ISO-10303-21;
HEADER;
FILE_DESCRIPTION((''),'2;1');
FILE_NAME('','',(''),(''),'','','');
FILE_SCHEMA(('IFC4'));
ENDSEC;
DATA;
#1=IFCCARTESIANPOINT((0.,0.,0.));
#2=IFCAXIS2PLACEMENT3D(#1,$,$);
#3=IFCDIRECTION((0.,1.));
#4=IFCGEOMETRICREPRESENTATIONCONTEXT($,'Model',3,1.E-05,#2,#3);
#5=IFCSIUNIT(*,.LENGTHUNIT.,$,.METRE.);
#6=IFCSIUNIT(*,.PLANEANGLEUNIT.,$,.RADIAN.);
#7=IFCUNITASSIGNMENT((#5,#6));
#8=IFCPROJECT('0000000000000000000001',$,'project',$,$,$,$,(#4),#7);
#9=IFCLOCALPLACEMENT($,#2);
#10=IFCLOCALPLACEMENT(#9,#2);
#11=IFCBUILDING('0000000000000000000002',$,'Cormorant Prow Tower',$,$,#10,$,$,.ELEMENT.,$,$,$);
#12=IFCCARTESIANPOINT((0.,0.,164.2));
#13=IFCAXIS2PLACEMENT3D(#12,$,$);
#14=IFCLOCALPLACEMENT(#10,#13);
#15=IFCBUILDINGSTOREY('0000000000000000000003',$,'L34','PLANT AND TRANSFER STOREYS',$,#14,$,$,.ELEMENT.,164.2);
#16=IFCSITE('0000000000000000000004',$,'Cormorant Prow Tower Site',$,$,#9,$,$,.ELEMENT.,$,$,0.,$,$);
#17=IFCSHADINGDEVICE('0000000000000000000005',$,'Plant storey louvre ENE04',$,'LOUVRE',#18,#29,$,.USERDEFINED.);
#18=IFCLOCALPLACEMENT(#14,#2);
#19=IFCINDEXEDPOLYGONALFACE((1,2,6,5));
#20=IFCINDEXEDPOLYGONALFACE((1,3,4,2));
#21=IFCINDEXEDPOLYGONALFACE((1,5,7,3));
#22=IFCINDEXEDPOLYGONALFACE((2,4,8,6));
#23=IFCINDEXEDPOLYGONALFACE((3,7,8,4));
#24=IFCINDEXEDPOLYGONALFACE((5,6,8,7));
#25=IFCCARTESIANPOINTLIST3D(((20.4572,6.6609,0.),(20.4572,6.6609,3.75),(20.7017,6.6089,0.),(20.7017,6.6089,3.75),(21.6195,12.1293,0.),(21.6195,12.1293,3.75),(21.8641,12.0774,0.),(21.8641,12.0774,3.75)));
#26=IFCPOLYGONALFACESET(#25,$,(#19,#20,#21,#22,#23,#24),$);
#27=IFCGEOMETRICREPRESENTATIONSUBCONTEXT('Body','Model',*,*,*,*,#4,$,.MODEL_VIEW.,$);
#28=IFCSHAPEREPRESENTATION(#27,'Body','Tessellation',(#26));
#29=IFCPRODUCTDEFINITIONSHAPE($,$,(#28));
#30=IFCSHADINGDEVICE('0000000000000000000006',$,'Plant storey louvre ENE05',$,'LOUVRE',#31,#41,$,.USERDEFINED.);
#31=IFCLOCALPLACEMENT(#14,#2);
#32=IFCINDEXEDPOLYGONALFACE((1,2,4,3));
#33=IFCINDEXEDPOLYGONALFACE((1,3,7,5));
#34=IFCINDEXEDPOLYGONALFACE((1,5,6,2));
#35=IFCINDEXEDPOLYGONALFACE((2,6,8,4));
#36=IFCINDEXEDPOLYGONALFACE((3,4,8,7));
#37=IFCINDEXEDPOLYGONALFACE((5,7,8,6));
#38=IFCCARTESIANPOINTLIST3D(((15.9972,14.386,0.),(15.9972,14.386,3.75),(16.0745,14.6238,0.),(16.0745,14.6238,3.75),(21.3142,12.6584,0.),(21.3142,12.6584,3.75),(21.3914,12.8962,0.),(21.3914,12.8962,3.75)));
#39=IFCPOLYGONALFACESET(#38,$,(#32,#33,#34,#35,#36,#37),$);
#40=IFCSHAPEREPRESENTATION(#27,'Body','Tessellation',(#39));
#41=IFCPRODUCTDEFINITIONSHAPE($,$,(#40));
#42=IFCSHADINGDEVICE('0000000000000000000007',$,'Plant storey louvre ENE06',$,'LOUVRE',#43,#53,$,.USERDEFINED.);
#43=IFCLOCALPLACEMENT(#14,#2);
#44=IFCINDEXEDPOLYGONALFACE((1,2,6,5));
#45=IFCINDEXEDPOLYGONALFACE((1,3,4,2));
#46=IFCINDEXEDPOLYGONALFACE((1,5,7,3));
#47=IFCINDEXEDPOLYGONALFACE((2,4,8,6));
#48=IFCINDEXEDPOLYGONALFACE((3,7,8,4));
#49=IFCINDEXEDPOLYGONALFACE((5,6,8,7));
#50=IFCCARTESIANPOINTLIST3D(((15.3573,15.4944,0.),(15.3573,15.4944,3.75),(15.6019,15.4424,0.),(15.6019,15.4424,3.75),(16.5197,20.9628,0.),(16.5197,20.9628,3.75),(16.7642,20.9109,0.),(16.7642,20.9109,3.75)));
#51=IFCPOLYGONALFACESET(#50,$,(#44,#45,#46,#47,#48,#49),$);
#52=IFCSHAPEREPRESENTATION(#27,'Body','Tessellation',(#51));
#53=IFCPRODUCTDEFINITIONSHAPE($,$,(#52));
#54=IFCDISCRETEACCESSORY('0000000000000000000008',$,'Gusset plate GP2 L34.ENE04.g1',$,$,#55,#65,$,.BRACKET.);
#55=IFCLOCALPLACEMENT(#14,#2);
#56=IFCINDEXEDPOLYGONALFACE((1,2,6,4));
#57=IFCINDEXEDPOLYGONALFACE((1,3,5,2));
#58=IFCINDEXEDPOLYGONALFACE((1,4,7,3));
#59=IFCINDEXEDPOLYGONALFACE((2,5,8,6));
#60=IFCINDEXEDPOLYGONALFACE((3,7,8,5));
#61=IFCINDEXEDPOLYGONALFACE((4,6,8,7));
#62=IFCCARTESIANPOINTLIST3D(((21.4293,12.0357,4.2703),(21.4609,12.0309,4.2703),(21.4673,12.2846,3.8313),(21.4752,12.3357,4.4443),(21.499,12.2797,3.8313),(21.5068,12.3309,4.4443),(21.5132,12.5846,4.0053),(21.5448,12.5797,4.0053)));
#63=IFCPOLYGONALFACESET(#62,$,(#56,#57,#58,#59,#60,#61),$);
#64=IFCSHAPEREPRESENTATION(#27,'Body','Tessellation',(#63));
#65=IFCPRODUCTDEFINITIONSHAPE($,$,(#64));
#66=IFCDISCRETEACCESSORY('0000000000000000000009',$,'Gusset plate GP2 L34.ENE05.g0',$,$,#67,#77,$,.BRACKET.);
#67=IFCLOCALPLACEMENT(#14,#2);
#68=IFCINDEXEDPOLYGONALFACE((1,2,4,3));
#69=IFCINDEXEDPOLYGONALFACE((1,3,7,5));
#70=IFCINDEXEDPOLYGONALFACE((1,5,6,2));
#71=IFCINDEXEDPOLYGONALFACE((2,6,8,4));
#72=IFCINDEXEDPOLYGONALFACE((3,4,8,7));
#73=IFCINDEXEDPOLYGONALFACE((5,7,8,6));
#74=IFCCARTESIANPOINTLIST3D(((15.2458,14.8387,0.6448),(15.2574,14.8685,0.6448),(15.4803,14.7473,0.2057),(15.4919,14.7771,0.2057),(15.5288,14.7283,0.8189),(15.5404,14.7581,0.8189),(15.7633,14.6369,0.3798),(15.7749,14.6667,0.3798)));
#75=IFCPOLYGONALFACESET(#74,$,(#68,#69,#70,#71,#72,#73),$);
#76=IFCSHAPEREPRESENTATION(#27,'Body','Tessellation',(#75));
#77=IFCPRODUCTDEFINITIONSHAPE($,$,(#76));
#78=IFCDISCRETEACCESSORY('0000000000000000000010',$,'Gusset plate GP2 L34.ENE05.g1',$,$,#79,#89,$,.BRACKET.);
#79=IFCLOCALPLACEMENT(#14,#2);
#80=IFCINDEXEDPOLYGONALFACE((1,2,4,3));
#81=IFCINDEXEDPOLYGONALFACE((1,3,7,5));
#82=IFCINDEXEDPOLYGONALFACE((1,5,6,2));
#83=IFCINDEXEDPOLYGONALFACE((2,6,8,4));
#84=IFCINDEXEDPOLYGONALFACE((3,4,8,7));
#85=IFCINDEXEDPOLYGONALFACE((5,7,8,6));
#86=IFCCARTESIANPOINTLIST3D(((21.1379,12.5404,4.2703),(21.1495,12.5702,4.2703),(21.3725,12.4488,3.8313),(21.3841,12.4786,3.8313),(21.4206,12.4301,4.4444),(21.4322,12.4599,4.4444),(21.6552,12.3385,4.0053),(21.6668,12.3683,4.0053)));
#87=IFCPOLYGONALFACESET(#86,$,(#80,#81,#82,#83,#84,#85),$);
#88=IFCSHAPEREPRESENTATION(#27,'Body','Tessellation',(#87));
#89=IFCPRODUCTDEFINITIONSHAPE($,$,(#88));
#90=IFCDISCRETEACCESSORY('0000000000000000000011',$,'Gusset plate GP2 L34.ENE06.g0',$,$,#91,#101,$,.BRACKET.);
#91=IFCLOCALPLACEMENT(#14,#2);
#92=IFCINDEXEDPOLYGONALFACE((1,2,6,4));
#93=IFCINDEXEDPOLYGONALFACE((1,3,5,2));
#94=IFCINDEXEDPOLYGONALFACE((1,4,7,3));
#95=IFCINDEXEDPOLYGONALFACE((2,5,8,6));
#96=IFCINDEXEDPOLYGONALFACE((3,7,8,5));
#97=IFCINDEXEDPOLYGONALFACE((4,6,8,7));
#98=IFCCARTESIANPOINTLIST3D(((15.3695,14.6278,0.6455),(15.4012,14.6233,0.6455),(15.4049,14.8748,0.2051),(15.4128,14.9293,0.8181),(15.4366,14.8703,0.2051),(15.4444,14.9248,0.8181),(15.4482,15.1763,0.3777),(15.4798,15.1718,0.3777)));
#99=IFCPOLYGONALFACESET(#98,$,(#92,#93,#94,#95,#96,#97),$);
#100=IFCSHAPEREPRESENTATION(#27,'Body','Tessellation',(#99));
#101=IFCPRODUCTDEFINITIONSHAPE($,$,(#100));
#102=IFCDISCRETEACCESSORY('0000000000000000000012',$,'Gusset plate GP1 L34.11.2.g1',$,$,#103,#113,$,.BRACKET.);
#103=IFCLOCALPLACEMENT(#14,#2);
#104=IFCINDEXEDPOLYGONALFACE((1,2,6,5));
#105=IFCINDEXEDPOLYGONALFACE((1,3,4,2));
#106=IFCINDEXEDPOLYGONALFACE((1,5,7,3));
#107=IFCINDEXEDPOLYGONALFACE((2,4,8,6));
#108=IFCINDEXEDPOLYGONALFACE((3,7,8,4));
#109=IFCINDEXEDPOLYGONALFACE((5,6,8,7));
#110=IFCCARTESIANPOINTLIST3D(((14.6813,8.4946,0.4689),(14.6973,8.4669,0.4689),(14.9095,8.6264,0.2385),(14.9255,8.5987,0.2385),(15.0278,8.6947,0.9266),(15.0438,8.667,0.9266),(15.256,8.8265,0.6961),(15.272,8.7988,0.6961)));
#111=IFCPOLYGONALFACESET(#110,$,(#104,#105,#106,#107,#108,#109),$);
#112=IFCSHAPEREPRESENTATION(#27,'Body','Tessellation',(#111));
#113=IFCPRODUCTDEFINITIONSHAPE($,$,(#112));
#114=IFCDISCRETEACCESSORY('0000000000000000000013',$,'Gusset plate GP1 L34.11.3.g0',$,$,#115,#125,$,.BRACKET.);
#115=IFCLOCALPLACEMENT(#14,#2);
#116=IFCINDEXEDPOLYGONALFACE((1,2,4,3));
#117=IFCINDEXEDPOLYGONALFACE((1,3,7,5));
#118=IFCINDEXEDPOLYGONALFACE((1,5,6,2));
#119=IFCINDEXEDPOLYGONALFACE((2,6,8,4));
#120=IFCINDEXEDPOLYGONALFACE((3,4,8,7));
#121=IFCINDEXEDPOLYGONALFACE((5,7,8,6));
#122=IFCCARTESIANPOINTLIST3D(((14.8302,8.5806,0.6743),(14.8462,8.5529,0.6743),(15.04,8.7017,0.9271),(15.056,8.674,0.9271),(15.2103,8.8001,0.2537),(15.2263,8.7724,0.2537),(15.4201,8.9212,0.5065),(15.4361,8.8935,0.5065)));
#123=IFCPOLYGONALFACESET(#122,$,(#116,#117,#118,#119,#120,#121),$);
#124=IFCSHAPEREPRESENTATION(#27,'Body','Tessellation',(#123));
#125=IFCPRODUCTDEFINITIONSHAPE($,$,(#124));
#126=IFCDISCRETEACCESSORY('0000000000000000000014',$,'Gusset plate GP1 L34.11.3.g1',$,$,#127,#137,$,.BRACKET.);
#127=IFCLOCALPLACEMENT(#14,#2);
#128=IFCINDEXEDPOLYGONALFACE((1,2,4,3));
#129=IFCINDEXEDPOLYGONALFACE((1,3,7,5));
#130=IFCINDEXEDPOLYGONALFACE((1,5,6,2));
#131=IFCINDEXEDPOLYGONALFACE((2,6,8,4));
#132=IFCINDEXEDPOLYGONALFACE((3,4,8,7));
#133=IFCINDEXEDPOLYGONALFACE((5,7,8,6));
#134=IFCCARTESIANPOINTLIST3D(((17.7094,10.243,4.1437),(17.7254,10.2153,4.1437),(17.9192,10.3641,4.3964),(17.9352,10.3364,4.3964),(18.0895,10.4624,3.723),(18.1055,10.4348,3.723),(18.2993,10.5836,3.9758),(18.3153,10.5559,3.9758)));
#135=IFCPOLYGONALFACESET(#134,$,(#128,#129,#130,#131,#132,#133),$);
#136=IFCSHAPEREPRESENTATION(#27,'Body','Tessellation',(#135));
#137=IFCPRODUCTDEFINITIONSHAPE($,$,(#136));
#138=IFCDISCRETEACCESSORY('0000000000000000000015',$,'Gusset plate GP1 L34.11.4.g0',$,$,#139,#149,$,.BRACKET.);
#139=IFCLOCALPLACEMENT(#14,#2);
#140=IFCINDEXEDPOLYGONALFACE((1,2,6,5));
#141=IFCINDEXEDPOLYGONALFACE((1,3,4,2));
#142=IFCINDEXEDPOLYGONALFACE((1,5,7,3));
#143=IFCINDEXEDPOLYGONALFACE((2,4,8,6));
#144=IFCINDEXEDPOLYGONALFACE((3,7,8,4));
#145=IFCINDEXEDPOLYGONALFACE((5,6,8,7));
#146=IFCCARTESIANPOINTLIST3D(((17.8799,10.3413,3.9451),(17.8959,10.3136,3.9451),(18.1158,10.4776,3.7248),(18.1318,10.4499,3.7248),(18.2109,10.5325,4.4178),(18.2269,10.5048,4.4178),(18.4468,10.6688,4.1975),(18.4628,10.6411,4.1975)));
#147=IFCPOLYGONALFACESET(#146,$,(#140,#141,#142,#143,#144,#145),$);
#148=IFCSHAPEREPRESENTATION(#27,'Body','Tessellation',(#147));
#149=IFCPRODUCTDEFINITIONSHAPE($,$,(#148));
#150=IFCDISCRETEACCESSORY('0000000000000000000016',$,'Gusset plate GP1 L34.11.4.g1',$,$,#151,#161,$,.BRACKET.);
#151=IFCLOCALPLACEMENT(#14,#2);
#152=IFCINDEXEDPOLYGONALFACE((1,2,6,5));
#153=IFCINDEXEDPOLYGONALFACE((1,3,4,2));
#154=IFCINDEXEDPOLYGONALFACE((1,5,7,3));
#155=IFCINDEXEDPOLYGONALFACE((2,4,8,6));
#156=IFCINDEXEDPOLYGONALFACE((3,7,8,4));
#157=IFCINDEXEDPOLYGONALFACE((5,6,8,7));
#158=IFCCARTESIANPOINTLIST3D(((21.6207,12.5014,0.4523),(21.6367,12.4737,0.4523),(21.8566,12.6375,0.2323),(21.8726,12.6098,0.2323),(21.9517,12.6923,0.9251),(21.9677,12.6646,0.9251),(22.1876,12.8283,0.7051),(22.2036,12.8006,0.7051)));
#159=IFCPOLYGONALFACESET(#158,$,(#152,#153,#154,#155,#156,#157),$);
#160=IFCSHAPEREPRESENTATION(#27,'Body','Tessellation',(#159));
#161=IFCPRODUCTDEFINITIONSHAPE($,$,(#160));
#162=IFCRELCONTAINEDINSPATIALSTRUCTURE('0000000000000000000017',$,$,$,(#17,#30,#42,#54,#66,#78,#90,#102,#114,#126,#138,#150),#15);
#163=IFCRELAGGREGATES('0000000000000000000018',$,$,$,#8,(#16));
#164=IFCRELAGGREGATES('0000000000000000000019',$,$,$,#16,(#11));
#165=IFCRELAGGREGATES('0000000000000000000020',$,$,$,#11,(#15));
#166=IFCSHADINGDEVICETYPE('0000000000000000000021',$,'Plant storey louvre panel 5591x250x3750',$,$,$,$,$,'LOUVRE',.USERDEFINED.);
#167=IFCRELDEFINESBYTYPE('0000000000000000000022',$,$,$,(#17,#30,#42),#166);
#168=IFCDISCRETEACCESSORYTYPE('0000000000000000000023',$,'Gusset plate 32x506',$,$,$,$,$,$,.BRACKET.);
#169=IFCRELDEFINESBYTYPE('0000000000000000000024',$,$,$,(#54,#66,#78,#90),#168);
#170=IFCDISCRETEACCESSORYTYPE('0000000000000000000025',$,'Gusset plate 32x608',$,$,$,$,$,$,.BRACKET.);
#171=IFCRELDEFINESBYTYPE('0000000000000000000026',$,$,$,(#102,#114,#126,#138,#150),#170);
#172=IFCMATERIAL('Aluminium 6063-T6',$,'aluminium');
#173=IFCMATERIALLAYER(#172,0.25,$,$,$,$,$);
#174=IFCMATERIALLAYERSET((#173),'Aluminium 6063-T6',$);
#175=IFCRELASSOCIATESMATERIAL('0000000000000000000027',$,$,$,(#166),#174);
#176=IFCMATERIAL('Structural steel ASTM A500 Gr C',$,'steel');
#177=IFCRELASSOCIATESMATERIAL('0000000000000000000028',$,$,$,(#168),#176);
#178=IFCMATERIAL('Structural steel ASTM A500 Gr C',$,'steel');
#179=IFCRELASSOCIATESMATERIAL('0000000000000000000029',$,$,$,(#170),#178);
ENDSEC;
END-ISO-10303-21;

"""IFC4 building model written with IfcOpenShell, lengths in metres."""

from ifc_helpers import new_model, si_unit, direction, frame, origin, origin_2d, place, context, subcontext, project, spatial, rectangle, extrude, material, layer, layer_set, material_profile, profile_set, type_object, element, save


model = new_model("IFC4")

# Units and contexts
model_context = context("Model", 3, precision=1e-05, world=origin(), true_north=direction((0.0, 1.0)))
body_context = subcontext(model_context, "Body", "Model", "MODEL_VIEW")
ifc_project = project(units=[si_unit("LENGTHUNIT", "METRE"), si_unit("PLANEANGLEUNIT", "RADIAN")], contexts=[model_context])

# Site, building, storey
site_placement = place(None, origin())
site = spatial("IfcSite", under=ifc_project, at=site_placement, Name="Cormorant Prow Tower Site", CompositionType="ELEMENT", RefElevation=0.0)
building_placement = place(site_placement, origin())
building = spatial("IfcBuilding", under=site, at=building_placement, Name="Cormorant Prow Tower", CompositionType="ELEMENT")
storey_placement = place(building_placement, frame((0.0, 0.0, 164.2)))
storey = spatial("IfcBuildingStorey", under=building, at=storey_placement, Name="L34", Description="PLANT AND TRANSFER STOREYS", CompositionType="ELEMENT", Elevation=164.2)

# Shading devices
ifc_material_1 = material(Name="Aluminium 6063-T6", Category="aluminium")
ifc_layer_1 = layer(ifc_material_1, 0.25)
ifc_layer_set_1 = layer_set([ifc_layer_1], Name="Aluminium 6063-T6")
shading_device_type = type_object("IfcShadingDeviceType", Name="Plant storey louvre panel 5591x250x3750", ElementType="LOUVRE", PredefinedType="USERDEFINED", material=ifc_layer_set_1)
for number, where, z_axis, x_axis, name in (
    (1, (21.1606, 9.3691, 0.0), (0.0, 0.0, 1.0), (0.207912, 0.978148, 0.0), "Plant storey louvre ENE04"),
    (2, (18.6943, 13.6411, 0.0), (0.0, 0.0, 1.0), (-0.951056, 0.309017, 0.0), "Plant storey louvre ENE05"),
    (3, (16.0608, 18.2026, 0.0), (0.0, 0.0, 1.0), (0.207912, 0.978148, 0.0), "Plant storey louvre ENE06"),
):
    element("IfcShadingDevice", number, at=place(storey_placement, frame(where, z_axis=z_axis, x_axis=x_axis)), inside=storey, type_object=shading_device_type, Name=name, ObjectType="LOUVRE", PredefinedType="USERDEFINED", context=body_context, shape_type="SweptSolid", body=[
        extrude(rectangle(XDim=5.5906, YDim=0.25, at=origin_2d()), origin(), (0.0, 0.0, 1.0), 3.75),
    ])

# Discrete accessories
ifc_material_2 = material(Name="Structural steel ASTM A500 Gr C", Category="steel")
ifc_material_profile_1 = material_profile(ifc_material_2, rectangle(XDim=0.032, YDim=0.5061, at=origin_2d()), Name="Gusset plate 32x506")
ifc_profile_set_1 = profile_set([ifc_material_profile_1], Name="Structural steel ASTM A500 Gr C")
discrete_accessory_type_1 = type_object("IfcDiscreteAccessoryType", Name="Gusset plate 32x506", PredefinedType="BRACKET", material=ifc_profile_set_1)
discrete_accessory_1_placement = place(storey_placement, frame((21.4641, 12.1577, 4.0508), z_axis=(0.131172, 0.857502, 0.497477), x_axis=(-0.988502, 0.151211, 0.0)))
element("IfcDiscreteAccessory", 4, at=discrete_accessory_1_placement, inside=storey, type_object=discrete_accessory_type_1, Name="Gusset plate GP2 L34.ENE04.g1", PredefinedType="BRACKET", context=body_context, shape_type="SweptSolid", body=[
    extrude(rectangle(XDim=0.032, YDim=0.5061, at=origin_2d()), origin(), (0.0, 0.0, 1.0), 0.3499),
])
discrete_accessory_2_placement = place(storey_placement, frame((15.6519, 14.6975, 0.5994), z_axis=(-0.808308, 0.315233, -0.497259), x_axis=(-0.363338, -0.931657, 0.0)))
element("IfcDiscreteAccessory", 5, at=discrete_accessory_2_placement, inside=storey, type_object=discrete_accessory_type_1, Name="Gusset plate GP2 L34.ENE05.g0", PredefinedType="BRACKET", context=body_context, shape_type="SweptSolid", body=[
    extrude(rectangle(XDim=0.032, YDim=0.5061, at=origin_2d()), origin(), (0.0, 0.0, 1.0), 0.3501),
])
discrete_accessory_3_placement = place(storey_placement, frame((21.261, 12.5095, 4.0508), z_axis=(0.808066, -0.315411, 0.49754), x_axis=(0.363611, 0.931551, 0.0)))
element("IfcDiscreteAccessory", 6, at=discrete_accessory_3_placement, inside=storey, type_object=discrete_accessory_type_1, Name="Gusset plate GP2 L34.ENE05.g1", PredefinedType="BRACKET", context=body_context, shape_type="SweptSolid", body=[
    extrude(rectangle(XDim=0.032, YDim=0.5061, at=origin_2d()), origin(), (0.0, 0.0, 1.0), 0.3499),
])
discrete_accessory_4_placement = place(storey_placement, frame((15.4463, 15.0505, 0.5979), z_axis=(-0.12343, -0.861217, -0.493021), x_axis=(0.989885, -0.14187, 0.0)))
element("IfcDiscreteAccessory", 7, at=discrete_accessory_4_placement, inside=storey, type_object=discrete_accessory_type_1, Name="Gusset plate GP2 L34.ENE06.g0", PredefinedType="BRACKET", context=body_context, shape_type="SweptSolid", body=[
    extrude(rectangle(XDim=0.032, YDim=0.5061, at=origin_2d()), origin(), (0.0, 0.0, 1.0), 0.3501),
])
ifc_material_3 = material(Name="Structural steel ASTM A500 Gr C", Category="steel")
ifc_material_profile_2 = material_profile(ifc_material_3, rectangle(XDim=0.032, YDim=0.6079, at=origin_2d()), Name="Gusset plate 32x608")
ifc_profile_set_2 = profile_set([ifc_material_profile_2], Name="Structural steel ASTM A500 Gr C")
discrete_accessory_type_2 = type_object("IfcDiscreteAccessoryType", Name="Gusset plate 32x608", PredefinedType="BRACKET", material=ifc_profile_set_2)
for number, where, z_axis, x_axis, name in (
    (8, (14.8625, 8.5808, 0.6978), (0.651926, 0.376514, -0.658202), (-0.500123, 0.865954, 0.0), "Gusset plate GP1 L34.11.2.g1"),
    (9, (15.238, 8.7976, 0.7168), (-0.599204, -0.345989, -0.721974), (0.500042, -0.866001, 0.0), "Gusset plate GP1 L34.11.3.g0"),
    (10, (17.9075, 10.3389, 3.9333), (0.599204, 0.345989, 0.721974), (-0.500042, 0.866001, 0.0), "Gusset plate GP1 L34.11.3.g1"),
):
    element("IfcDiscreteAccessory", number, at=place(storey_placement, frame(where, z_axis=z_axis, x_axis=x_axis)), inside=storey, type_object=discrete_accessory_type_2, Name=name, PredefinedType="BRACKET", context=body_context, shape_type="SweptSolid", body=[
        extrude(rectangle(XDim=0.032, YDim=0.6079, at=origin_2d()), origin(), (0.0, 0.0, 1.0), 0.3501),
    ])
discrete_accessory_5_placement = place(storey_placement, frame((18.2893, 10.5593, 3.9612), z_axis=(-0.673351, -0.388954, 0.62874), x_axis=(0.500188, -0.865917, 0.0)))
element("IfcDiscreteAccessory", 11, at=discrete_accessory_5_placement, inside=storey, type_object=discrete_accessory_type_2, Name="Gusset plate GP1 L34.11.4.g0", PredefinedType="BRACKET", context=body_context, shape_type="SweptSolid", body=[
    extrude(rectangle(XDim=0.032, YDim=0.6079, at=origin_2d()), origin(), (0.0, 0.0, 1.0), 0.3503),
])
discrete_accessory_6_placement = place(storey_placement, frame((21.7942, 12.583, 0.6887), z_axis=(0.673829, 0.388533, -0.628488), x_axis=(-0.499515, 0.866305, 0.0)))
element("IfcDiscreteAccessory", 12, at=discrete_accessory_6_placement, inside=storey, type_object=discrete_accessory_type_2, Name="Gusset plate GP1 L34.11.4.g1", PredefinedType="BRACKET", context=body_context, shape_type="SweptSolid", body=[
    extrude(rectangle(XDim=0.032, YDim=0.6079, at=origin_2d()), origin(), (0.0, 0.0, 1.0), 0.3501),
])

save(model, "model.ifc")
